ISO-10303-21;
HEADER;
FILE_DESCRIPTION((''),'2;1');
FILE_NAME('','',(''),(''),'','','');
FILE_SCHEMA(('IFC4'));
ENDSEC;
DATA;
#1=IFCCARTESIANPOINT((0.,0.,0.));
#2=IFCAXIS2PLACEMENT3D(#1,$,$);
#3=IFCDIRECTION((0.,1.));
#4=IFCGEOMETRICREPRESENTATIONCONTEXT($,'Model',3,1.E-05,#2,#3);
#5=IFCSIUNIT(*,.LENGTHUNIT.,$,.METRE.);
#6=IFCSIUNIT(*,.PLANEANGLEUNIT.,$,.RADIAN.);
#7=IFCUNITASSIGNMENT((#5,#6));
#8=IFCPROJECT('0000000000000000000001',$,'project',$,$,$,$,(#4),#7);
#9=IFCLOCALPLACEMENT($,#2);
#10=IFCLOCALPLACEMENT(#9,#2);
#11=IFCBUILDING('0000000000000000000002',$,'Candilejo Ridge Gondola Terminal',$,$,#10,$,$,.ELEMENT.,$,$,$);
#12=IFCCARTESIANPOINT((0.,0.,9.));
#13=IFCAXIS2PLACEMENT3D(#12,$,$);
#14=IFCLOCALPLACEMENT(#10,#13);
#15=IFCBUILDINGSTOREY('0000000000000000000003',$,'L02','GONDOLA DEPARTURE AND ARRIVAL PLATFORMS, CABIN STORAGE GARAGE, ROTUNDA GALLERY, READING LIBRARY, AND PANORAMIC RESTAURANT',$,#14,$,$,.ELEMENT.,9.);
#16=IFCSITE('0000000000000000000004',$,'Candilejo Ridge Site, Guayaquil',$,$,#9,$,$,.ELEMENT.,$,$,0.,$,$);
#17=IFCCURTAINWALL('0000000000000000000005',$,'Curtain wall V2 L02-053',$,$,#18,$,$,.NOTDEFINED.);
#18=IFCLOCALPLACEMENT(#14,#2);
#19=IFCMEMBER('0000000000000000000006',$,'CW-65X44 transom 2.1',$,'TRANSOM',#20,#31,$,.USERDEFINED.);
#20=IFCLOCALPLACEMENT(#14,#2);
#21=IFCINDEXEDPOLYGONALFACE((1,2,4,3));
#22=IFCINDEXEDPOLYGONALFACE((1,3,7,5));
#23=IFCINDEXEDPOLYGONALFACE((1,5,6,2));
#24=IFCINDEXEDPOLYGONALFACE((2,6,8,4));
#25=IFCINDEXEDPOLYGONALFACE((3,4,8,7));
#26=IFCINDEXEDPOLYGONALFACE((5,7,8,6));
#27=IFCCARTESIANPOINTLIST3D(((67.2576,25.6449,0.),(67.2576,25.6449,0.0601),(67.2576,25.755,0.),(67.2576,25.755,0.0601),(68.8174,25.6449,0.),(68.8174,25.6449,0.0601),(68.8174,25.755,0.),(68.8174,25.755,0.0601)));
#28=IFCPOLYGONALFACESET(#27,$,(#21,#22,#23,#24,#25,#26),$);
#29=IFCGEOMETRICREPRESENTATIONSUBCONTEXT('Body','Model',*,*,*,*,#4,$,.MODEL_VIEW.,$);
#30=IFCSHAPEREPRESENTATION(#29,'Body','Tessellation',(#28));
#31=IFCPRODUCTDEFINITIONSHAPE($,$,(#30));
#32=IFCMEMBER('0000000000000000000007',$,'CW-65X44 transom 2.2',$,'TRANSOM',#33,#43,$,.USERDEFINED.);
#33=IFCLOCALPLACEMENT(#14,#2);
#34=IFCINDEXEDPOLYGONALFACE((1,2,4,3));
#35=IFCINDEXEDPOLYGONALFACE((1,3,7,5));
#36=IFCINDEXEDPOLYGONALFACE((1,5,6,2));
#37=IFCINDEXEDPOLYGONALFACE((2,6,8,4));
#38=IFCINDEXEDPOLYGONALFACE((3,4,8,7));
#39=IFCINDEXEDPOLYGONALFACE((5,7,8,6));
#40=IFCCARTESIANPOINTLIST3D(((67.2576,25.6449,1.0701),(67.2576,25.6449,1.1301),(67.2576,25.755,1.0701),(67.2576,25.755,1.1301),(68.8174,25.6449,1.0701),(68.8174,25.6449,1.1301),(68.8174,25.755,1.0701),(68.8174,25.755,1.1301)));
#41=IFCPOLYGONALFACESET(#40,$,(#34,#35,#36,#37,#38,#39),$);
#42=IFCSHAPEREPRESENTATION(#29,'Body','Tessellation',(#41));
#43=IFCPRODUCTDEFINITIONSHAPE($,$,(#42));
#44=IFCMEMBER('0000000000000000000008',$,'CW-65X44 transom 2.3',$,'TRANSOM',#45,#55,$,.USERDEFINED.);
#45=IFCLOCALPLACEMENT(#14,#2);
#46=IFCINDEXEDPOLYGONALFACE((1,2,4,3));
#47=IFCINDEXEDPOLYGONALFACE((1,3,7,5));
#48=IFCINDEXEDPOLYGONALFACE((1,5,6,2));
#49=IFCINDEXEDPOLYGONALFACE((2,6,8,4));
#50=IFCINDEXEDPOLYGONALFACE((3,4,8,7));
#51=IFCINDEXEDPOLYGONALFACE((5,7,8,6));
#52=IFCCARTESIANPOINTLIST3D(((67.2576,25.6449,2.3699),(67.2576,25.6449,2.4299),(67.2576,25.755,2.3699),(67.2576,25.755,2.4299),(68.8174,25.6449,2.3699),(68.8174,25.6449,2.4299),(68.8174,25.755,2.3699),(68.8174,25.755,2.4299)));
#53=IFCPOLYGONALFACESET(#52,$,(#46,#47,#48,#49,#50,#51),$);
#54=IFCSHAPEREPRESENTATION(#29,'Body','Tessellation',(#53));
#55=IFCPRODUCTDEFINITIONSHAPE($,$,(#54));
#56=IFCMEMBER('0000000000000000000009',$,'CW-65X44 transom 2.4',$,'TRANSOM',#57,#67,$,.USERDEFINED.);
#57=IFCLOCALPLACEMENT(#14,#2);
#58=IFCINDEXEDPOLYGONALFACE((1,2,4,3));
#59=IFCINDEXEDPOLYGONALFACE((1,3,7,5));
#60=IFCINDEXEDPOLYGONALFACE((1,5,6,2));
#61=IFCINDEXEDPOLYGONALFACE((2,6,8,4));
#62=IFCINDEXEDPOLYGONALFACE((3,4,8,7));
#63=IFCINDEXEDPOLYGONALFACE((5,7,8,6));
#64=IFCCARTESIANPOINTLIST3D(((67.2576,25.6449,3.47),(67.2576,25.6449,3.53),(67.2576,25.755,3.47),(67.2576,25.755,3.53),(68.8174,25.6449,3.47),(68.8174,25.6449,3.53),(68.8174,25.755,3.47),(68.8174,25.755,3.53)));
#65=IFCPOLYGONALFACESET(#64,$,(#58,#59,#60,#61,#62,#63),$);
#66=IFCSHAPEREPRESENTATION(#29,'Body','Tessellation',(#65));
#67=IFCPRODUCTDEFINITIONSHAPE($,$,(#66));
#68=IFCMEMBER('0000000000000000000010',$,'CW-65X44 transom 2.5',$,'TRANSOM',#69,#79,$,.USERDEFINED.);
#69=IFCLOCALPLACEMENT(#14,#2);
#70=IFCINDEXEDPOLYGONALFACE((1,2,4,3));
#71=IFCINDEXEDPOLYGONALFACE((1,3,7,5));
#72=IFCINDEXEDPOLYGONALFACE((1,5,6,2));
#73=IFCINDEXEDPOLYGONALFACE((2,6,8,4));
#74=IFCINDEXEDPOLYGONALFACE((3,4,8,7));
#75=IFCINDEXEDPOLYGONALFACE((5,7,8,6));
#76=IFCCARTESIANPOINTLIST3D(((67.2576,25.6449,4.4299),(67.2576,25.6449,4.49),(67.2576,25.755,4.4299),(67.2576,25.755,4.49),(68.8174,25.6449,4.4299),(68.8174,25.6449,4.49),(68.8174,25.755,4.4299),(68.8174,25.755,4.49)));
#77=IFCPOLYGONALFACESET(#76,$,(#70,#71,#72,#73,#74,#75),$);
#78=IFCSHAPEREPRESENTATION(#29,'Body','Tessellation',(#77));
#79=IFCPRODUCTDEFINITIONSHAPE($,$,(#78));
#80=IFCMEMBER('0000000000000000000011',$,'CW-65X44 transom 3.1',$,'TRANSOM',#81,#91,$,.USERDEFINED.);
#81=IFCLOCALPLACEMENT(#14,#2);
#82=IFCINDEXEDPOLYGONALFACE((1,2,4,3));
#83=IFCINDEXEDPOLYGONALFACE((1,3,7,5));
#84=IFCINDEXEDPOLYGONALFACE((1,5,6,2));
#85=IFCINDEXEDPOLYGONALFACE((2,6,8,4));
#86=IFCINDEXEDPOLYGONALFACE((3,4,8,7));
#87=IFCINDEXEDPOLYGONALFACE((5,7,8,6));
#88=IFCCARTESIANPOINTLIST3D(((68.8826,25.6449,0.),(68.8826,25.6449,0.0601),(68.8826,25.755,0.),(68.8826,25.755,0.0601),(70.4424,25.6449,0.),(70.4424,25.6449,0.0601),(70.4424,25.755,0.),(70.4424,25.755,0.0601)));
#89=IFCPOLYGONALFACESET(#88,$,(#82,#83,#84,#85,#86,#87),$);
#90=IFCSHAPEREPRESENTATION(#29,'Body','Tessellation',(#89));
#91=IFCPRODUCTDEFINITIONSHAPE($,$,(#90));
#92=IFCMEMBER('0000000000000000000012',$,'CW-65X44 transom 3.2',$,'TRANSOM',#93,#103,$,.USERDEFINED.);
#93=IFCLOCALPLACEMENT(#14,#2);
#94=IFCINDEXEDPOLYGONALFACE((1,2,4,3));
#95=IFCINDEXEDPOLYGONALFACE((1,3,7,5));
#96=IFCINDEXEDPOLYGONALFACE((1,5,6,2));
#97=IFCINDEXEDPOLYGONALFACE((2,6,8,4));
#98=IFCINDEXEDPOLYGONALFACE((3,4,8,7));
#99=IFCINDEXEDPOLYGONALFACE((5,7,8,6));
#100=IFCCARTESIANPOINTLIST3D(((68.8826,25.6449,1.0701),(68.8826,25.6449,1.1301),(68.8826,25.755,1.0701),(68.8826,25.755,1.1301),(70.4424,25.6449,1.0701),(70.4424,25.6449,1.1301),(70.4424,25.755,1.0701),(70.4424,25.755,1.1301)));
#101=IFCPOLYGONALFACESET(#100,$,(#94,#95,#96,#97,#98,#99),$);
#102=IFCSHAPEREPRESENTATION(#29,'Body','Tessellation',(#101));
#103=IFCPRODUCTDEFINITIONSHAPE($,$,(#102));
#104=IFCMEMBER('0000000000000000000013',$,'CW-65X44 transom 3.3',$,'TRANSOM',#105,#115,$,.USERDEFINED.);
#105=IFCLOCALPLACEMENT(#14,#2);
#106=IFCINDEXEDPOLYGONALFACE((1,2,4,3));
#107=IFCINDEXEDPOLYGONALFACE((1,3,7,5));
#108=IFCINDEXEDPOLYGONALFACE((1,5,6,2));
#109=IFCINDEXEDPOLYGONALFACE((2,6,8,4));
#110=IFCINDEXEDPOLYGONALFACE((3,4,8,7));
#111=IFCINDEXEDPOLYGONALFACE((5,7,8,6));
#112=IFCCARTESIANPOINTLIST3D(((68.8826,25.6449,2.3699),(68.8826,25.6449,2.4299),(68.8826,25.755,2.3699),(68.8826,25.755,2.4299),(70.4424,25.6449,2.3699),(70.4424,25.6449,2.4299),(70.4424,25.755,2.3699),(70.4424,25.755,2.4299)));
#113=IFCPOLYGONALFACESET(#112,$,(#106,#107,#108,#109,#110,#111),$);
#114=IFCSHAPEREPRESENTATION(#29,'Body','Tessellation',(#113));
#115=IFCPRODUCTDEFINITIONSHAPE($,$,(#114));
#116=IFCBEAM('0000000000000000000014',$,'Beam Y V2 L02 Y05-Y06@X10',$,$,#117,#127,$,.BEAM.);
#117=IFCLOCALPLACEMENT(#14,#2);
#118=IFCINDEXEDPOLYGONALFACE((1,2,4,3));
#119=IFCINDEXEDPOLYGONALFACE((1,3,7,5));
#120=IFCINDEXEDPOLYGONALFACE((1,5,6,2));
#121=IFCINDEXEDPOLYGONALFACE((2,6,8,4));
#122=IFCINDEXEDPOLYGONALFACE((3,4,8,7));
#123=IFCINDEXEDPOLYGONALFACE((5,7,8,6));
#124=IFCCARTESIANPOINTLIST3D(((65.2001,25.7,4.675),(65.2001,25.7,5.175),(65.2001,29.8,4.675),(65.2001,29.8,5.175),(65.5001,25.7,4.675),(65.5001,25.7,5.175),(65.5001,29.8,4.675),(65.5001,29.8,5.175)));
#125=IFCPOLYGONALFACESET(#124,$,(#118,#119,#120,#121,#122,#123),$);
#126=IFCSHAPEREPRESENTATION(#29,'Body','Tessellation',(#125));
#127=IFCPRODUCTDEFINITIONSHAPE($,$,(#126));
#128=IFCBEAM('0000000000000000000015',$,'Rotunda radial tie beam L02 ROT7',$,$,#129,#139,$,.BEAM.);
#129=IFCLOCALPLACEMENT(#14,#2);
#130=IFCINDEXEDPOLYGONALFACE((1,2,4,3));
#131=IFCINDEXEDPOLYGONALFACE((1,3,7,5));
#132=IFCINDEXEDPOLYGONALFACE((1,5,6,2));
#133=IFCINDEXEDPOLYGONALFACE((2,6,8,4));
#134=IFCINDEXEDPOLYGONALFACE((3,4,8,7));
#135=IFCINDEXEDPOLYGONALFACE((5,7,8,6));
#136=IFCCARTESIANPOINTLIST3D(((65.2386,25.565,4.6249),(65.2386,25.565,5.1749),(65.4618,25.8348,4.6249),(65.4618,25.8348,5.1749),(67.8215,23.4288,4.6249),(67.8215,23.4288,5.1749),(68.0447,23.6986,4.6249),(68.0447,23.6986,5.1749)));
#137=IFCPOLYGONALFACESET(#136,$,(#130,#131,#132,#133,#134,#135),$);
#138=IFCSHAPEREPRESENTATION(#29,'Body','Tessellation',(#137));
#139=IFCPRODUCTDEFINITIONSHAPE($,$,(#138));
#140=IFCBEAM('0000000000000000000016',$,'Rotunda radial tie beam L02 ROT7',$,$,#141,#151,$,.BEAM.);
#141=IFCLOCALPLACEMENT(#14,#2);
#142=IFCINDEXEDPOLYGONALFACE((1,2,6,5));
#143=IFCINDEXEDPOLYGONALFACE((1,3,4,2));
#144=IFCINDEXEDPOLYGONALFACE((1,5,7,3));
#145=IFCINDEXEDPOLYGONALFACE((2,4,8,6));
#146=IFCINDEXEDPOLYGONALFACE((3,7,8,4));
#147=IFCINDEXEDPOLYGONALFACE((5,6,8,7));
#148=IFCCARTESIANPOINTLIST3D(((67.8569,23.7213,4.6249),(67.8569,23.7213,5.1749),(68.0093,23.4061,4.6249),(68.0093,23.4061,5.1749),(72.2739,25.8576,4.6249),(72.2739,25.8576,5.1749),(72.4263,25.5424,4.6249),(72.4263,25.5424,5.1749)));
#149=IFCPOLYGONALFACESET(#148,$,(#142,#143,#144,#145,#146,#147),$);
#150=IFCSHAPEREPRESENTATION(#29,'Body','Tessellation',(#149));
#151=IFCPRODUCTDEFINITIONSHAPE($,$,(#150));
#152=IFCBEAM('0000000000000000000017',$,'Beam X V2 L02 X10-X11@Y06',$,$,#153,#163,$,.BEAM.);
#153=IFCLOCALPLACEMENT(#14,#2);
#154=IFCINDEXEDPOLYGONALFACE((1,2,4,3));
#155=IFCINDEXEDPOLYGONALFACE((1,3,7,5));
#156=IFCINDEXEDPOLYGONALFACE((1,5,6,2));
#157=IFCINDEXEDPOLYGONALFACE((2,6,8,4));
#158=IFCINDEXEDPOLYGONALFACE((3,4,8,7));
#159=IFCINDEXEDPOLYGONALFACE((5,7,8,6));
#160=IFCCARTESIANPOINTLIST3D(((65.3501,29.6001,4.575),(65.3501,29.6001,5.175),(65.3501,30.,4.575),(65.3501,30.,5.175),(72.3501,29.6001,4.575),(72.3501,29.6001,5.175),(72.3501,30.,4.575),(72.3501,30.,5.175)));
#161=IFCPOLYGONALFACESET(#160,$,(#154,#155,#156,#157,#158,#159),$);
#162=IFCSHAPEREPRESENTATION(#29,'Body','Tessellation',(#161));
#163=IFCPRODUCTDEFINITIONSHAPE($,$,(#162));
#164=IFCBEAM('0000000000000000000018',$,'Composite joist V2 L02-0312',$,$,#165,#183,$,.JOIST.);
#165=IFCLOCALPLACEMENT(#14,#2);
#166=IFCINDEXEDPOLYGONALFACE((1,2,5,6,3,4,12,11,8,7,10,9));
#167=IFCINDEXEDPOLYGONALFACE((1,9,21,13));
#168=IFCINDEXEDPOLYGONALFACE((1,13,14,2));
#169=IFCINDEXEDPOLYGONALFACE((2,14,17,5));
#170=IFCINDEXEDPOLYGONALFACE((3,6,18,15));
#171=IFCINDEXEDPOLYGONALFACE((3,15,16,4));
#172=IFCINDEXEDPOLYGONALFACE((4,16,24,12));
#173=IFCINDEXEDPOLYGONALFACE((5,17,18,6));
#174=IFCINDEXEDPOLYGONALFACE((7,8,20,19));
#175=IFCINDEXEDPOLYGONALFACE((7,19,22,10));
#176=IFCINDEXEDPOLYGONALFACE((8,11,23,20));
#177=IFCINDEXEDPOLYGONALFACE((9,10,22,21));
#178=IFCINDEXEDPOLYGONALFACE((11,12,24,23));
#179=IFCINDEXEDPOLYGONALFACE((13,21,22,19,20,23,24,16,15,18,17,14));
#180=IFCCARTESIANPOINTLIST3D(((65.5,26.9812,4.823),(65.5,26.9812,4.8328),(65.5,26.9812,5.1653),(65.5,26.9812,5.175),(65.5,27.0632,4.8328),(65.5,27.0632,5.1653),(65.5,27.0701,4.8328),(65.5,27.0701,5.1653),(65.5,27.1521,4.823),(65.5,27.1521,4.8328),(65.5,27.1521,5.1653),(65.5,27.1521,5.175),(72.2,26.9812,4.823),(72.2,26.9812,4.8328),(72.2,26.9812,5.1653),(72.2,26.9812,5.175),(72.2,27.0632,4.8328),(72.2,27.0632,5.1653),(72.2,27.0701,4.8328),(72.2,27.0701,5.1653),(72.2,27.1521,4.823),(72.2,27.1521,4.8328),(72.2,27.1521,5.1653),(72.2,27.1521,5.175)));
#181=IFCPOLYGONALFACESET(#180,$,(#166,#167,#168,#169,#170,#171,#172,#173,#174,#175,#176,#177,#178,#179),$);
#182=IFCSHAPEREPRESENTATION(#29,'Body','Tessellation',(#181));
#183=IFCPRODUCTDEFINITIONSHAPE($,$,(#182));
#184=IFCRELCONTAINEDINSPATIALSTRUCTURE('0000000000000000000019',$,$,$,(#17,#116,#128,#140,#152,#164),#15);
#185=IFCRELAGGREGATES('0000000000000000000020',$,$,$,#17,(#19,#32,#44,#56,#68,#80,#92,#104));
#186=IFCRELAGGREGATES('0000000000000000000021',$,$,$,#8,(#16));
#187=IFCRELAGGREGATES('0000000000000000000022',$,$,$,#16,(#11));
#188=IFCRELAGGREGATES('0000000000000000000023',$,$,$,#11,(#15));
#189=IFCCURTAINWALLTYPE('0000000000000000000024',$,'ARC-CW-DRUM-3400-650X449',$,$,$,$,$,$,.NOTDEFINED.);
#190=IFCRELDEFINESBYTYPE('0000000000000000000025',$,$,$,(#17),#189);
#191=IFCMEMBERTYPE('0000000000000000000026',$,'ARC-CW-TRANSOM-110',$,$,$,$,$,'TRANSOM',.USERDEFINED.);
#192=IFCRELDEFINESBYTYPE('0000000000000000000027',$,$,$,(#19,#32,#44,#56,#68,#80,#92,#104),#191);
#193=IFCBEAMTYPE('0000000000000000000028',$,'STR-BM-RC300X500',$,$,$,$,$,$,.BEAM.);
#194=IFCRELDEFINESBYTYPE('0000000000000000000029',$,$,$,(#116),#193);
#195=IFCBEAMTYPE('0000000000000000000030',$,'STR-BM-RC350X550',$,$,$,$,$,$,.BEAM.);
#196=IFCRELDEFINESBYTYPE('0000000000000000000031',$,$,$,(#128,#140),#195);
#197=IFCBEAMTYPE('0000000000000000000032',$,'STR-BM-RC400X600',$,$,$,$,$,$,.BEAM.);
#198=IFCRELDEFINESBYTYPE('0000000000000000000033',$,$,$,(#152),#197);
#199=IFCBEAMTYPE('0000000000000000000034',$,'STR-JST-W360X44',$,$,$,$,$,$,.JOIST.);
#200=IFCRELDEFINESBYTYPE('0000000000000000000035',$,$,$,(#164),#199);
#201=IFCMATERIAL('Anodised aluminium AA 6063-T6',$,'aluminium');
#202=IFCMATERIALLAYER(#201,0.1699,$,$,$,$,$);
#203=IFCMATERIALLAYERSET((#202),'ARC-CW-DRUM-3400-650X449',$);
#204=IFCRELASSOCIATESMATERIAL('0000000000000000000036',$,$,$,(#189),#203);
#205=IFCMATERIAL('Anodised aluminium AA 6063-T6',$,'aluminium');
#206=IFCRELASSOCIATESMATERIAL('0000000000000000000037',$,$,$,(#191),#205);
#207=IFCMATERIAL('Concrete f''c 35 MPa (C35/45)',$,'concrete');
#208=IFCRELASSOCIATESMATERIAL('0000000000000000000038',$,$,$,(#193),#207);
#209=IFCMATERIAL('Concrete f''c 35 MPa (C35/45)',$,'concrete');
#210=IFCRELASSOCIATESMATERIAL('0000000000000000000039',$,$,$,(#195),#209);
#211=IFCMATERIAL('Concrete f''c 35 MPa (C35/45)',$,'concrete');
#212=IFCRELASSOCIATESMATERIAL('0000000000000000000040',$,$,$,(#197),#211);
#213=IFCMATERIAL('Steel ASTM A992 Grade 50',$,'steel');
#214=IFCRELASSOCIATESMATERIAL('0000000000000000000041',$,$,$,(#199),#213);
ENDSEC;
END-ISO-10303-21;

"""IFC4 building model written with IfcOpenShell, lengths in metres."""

from ifc_helpers import new_model, si_unit, direction, frame, origin, origin_2d, place, context, subcontext, project, spatial, rectangle, i_section, extrude, material, layer, layer_set, material_profile, profile_set, type_object, element, aggregate, save


model = new_model("IFC4")

# Units and contexts
model_context = context("Model", 3, precision=1e-05, world=origin(), true_north=direction((0.0, 1.0)))
body_context = subcontext(model_context, "Body", "Model", "MODEL_VIEW")
ifc_project = project(units=[si_unit("LENGTHUNIT", "METRE"), si_unit("PLANEANGLEUNIT", "RADIAN")], contexts=[model_context])

# Site, building, storey
site_placement = place(None, origin())
site = spatial("IfcSite", under=ifc_project, at=site_placement, Name="Candilejo Ridge Site, Guayaquil", CompositionType="ELEMENT", RefElevation=0.0)
building_placement = place(site_placement, origin())
building = spatial("IfcBuilding", under=site, at=building_placement, Name="Candilejo Ridge Gondola Terminal", CompositionType="ELEMENT")
storey_placement = place(building_placement, frame((0.0, 0.0, 9.0)))
storey = spatial("IfcBuildingStorey", under=building, at=storey_placement, Name="L02", Description="GONDOLA DEPARTURE AND ARRIVAL PLATFORMS, CABIN STORAGE GARAGE, ROTUNDA GALLERY, READING LIBRARY, AND PANORAMIC RESTAURANT", CompositionType="ELEMENT", Elevation=9.0)

# Shared definitions
ifc_material_1 = material(Name="Anodised aluminium AA 6063-T6", Category="aluminium")
ifc_layer_1 = layer(ifc_material_1, 0.1699)
ifc_layer_set_1 = layer_set([ifc_layer_1], Name="ARC-CW-DRUM-3400-650X449")
curtain_wall_type = type_object("IfcCurtainWallType", Name="ARC-CW-DRUM-3400-650X449", PredefinedType="NOTDEFINED", material=ifc_layer_set_1)

# Curtain wall, members
curtain_wall_1_placement = place(storey_placement, origin())
curtain_wall_1 = element("IfcCurtainWall", 1, at=curtain_wall_1_placement, inside=storey, type_object=curtain_wall_type, Name="Curtain wall V2 L02-053", PredefinedType="NOTDEFINED")
ifc_material_2 = material(Name="Anodised aluminium AA 6063-T6", Category="aluminium")
ifc_material_profile_1 = material_profile(ifc_material_2, rectangle(XDim=0.1101, YDim=0.0601, at=origin_2d()))
ifc_profile_set_1 = profile_set([ifc_material_profile_1], Name="Anodised aluminium AA 6063-T6")
member_type_1 = type_object("IfcMemberType", Name="ARC-CW-TRANSOM-110", ElementType="TRANSOM", PredefinedType="USERDEFINED", material=ifc_profile_set_1)
member_1_placement = place(storey_placement, frame((67.2576, 25.7, 0.03), z_axis=(1.0, 0.0, 0.0), x_axis=(0.0, 1.0, 0.0)))
member_1 = element("IfcMember", 2, at=member_1_placement, type_object=member_type_1, Name="CW-65X44 transom 2.1", ObjectType="TRANSOM", PredefinedType="USERDEFINED", context=body_context, shape_type="SweptSolid", body=[
    extrude(rectangle(XDim=0.1101, YDim=0.0601, at=origin_2d()), origin(), (0.0, 0.0, 1.0), 1.5598),
])
member_2_placement = place(storey_placement, frame((67.2576, 25.7, 1.1001), z_axis=(1.0, 0.0, 0.0), x_axis=(0.0, 1.0, 0.0)))
member_2 = element("IfcMember", 3, at=member_2_placement, type_object=member_type_1, Name="CW-65X44 transom 2.2", ObjectType="TRANSOM", PredefinedType="USERDEFINED", context=body_context, shape_type="SweptSolid", body=[
    extrude(rectangle(XDim=0.1101, YDim=0.0601, at=origin_2d()), origin(), (0.0, 0.0, 1.0), 1.5598),
])
member_3_placement = place(storey_placement, frame((67.2576, 25.7, 2.3999), z_axis=(1.0, 0.0, 0.0), x_axis=(0.0, 1.0, 0.0)))
member_3 = element("IfcMember", 4, at=member_3_placement, type_object=member_type_1, Name="CW-65X44 transom 2.3", ObjectType="TRANSOM", PredefinedType="USERDEFINED", context=body_context, shape_type="SweptSolid", body=[
    extrude(rectangle(XDim=0.1101, YDim=0.0601, at=origin_2d()), origin(), (0.0, 0.0, 1.0), 1.5598),
])
member_4_placement = place(storey_placement, frame((67.2576, 25.7, 3.5), z_axis=(1.0, 0.0, 0.0), x_axis=(0.0, 1.0, 0.0)))
member_4 = element("IfcMember", 5, at=member_4_placement, type_object=member_type_1, Name="CW-65X44 transom 2.4", ObjectType="TRANSOM", PredefinedType="USERDEFINED", context=body_context, shape_type="SweptSolid", body=[
    extrude(rectangle(XDim=0.1101, YDim=0.0601, at=origin_2d()), origin(), (0.0, 0.0, 1.0), 1.5598),
])
member_5_placement = place(storey_placement, frame((67.2576, 25.7, 4.46), z_axis=(1.0, 0.0, 0.0), x_axis=(0.0, 1.0, 0.0)))
member_5 = element("IfcMember", 6, at=member_5_placement, type_object=member_type_1, Name="CW-65X44 transom 2.5", ObjectType="TRANSOM", PredefinedType="USERDEFINED", context=body_context, shape_type="SweptSolid", body=[
    extrude(rectangle(XDim=0.1101, YDim=0.0601, at=origin_2d()), origin(), (0.0, 0.0, 1.0), 1.5598),
])
member_6_placement = place(storey_placement, frame((68.8826, 25.7, 0.03), z_axis=(1.0, 0.0, 0.0), x_axis=(0.0, 1.0, 0.0)))
member_6 = element("IfcMember", 7, at=member_6_placement, type_object=member_type_1, Name="CW-65X44 transom 3.1", ObjectType="TRANSOM", PredefinedType="USERDEFINED", context=body_context, shape_type="SweptSolid", body=[
    extrude(rectangle(XDim=0.1101, YDim=0.0601, at=origin_2d()), origin(), (0.0, 0.0, 1.0), 1.5598),
])
member_7_placement = place(storey_placement, frame((68.8826, 25.7, 1.1001), z_axis=(1.0, 0.0, 0.0), x_axis=(0.0, 1.0, 0.0)))
member_7 = element("IfcMember", 8, at=member_7_placement, type_object=member_type_1, Name="CW-65X44 transom 3.2", ObjectType="TRANSOM", PredefinedType="USERDEFINED", context=body_context, shape_type="SweptSolid", body=[
    extrude(rectangle(XDim=0.1101, YDim=0.0601, at=origin_2d()), origin(), (0.0, 0.0, 1.0), 1.5598),
])
member_8_placement = place(storey_placement, frame((68.8826, 25.7, 2.3999), z_axis=(1.0, 0.0, 0.0), x_axis=(0.0, 1.0, 0.0)))
member_8 = element("IfcMember", 9, at=member_8_placement, type_object=member_type_1, Name="CW-65X44 transom 3.3", ObjectType="TRANSOM", PredefinedType="USERDEFINED", context=body_context, shape_type="SweptSolid", body=[
    extrude(rectangle(XDim=0.1101, YDim=0.0601, at=origin_2d()), origin(), (0.0, 0.0, 1.0), 1.5598),
])

# Beams
ifc_material_3 = material(Name="Concrete f'c 35 MPa (C35/45)", Category="concrete")
ifc_material_profile_2 = material_profile(ifc_material_3, rectangle(XDim=0.3, YDim=0.5, at=origin_2d()))
ifc_profile_set_2 = profile_set([ifc_material_profile_2], Name="Concrete f'c 35 MPa (C35/45)")
beam_type_1 = type_object("IfcBeamType", Name="STR-BM-RC300X500", PredefinedType="BEAM", material=ifc_profile_set_2)
beam_1_placement = place(storey_placement, frame((65.3501, 25.7, 4.925), z_axis=(0.0, 1.0, 0.0), x_axis=(-1.0, 0.0, 0.0)))
element("IfcBeam", 10, at=beam_1_placement, inside=storey, type_object=beam_type_1, Name="Beam Y V2 L02 Y05-Y06@X10", PredefinedType="BEAM", context=body_context, shape_type="SweptSolid", body=[
    extrude(rectangle(XDim=0.3, YDim=0.5, at=origin_2d()), origin(), (0.0, 0.0, 1.0), 4.1001),
])
ifc_material_4 = material(Name="Concrete f'c 35 MPa (C35/45)", Category="concrete")
ifc_material_profile_3 = material_profile(ifc_material_4, rectangle(XDim=0.3501, YDim=0.55, at=origin_2d()))
ifc_profile_set_3 = profile_set([ifc_material_profile_3], Name="Concrete f'c 35 MPa (C35/45)")
beam_type_2 = type_object("IfcBeamType", Name="STR-BM-RC350X550", PredefinedType="BEAM", material=ifc_profile_set_3)
beam_2_placement = place(storey_placement, frame((67.9331, 23.5637, 4.8999), z_axis=(-0.770604, 0.637314, 0.0), x_axis=(-0.637314, -0.770604, 0.0)))
element("IfcBeam", 11, at=beam_2_placement, inside=storey, type_object=beam_type_2, Name="Rotunda radial tie beam L02 ROT7", PredefinedType="BEAM", context=body_context, shape_type="SweptSolid", body=[
    extrude(rectangle(XDim=0.3501, YDim=0.55, at=origin_2d()), origin(), (0.0, 0.0, 1.0), 3.3518),
])
beam_3_placement = place(storey_placement, frame((67.9331, 23.5637, 4.8999), z_axis=(0.900241, 0.435392, 0.0), x_axis=(-0.435392, 0.900241, 0.0)))
element("IfcBeam", 12, at=beam_3_placement, inside=storey, type_object=beam_type_2, Name="Rotunda radial tie beam L02 ROT7", PredefinedType="BEAM", context=body_context, shape_type="SweptSolid", body=[
    extrude(rectangle(XDim=0.3501, YDim=0.55, at=origin_2d()), origin(), (0.0, 0.0, 1.0), 4.9065),
])
ifc_material_5 = material(Name="Concrete f'c 35 MPa (C35/45)", Category="concrete")
ifc_material_profile_4 = material_profile(ifc_material_5, rectangle(XDim=0.3999, YDim=0.6001, at=origin_2d()))
ifc_profile_set_4 = profile_set([ifc_material_profile_4], Name="Concrete f'c 35 MPa (C35/45)")
beam_type_3 = type_object("IfcBeamType", Name="STR-BM-RC400X600", PredefinedType="BEAM", material=ifc_profile_set_4)
beam_4_placement = place(storey_placement, frame((65.3501, 29.8, 4.875), z_axis=(1.0, 0.0, 0.0), x_axis=(0.0, 1.0, 0.0)))
element("IfcBeam", 13, at=beam_4_placement, inside=storey, type_object=beam_type_3, Name="Beam X V2 L02 X10-X11@Y06", PredefinedType="BEAM", context=body_context, shape_type="SweptSolid", body=[
    extrude(rectangle(XDim=0.3999, YDim=0.6001, at=origin_2d()), origin(), (0.0, 0.0, 1.0), 7.0),
])
ifc_material_6 = material(Name="Steel ASTM A992 Grade 50", Category="steel")
ifc_material_profile_5 = material_profile(ifc_material_6, i_section(OverallWidth=0.1709, OverallDepth=0.3521, WebThickness=0.0068, FlangeThickness=0.0098, at=origin_2d()))
ifc_profile_set_5 = profile_set([ifc_material_profile_5], Name="Steel ASTM A992 Grade 50")
beam_type_4 = type_object("IfcBeamType", Name="STR-JST-W360X44", PredefinedType="JOIST", material=ifc_profile_set_5)
for number, where, z_axis, x_axis, name in (
    (14, (65.5, 27.0667, 4.999), (1.0, 0.0, 0.0), (0.0, 1.0, 0.0), "Composite joist V2 L02-0312"),
):
    element("IfcBeam", number, at=place(storey_placement, frame(where, z_axis=z_axis, x_axis=x_axis)), inside=storey, type_object=beam_type_4, Name=name, PredefinedType="JOIST", context=body_context, shape_type="SweptSolid", body=[
        extrude(i_section(OverallWidth=0.1709, OverallDepth=0.3521, WebThickness=0.0068, FlangeThickness=0.0098, at=origin_2d()), origin(), (0.0, 0.0, 1.0), 6.7),
    ])

aggregate(curtain_wall_1, [member_1, member_2, member_3, member_4, member_5, member_6, member_7, member_8])

save(model, "model.ifc")
